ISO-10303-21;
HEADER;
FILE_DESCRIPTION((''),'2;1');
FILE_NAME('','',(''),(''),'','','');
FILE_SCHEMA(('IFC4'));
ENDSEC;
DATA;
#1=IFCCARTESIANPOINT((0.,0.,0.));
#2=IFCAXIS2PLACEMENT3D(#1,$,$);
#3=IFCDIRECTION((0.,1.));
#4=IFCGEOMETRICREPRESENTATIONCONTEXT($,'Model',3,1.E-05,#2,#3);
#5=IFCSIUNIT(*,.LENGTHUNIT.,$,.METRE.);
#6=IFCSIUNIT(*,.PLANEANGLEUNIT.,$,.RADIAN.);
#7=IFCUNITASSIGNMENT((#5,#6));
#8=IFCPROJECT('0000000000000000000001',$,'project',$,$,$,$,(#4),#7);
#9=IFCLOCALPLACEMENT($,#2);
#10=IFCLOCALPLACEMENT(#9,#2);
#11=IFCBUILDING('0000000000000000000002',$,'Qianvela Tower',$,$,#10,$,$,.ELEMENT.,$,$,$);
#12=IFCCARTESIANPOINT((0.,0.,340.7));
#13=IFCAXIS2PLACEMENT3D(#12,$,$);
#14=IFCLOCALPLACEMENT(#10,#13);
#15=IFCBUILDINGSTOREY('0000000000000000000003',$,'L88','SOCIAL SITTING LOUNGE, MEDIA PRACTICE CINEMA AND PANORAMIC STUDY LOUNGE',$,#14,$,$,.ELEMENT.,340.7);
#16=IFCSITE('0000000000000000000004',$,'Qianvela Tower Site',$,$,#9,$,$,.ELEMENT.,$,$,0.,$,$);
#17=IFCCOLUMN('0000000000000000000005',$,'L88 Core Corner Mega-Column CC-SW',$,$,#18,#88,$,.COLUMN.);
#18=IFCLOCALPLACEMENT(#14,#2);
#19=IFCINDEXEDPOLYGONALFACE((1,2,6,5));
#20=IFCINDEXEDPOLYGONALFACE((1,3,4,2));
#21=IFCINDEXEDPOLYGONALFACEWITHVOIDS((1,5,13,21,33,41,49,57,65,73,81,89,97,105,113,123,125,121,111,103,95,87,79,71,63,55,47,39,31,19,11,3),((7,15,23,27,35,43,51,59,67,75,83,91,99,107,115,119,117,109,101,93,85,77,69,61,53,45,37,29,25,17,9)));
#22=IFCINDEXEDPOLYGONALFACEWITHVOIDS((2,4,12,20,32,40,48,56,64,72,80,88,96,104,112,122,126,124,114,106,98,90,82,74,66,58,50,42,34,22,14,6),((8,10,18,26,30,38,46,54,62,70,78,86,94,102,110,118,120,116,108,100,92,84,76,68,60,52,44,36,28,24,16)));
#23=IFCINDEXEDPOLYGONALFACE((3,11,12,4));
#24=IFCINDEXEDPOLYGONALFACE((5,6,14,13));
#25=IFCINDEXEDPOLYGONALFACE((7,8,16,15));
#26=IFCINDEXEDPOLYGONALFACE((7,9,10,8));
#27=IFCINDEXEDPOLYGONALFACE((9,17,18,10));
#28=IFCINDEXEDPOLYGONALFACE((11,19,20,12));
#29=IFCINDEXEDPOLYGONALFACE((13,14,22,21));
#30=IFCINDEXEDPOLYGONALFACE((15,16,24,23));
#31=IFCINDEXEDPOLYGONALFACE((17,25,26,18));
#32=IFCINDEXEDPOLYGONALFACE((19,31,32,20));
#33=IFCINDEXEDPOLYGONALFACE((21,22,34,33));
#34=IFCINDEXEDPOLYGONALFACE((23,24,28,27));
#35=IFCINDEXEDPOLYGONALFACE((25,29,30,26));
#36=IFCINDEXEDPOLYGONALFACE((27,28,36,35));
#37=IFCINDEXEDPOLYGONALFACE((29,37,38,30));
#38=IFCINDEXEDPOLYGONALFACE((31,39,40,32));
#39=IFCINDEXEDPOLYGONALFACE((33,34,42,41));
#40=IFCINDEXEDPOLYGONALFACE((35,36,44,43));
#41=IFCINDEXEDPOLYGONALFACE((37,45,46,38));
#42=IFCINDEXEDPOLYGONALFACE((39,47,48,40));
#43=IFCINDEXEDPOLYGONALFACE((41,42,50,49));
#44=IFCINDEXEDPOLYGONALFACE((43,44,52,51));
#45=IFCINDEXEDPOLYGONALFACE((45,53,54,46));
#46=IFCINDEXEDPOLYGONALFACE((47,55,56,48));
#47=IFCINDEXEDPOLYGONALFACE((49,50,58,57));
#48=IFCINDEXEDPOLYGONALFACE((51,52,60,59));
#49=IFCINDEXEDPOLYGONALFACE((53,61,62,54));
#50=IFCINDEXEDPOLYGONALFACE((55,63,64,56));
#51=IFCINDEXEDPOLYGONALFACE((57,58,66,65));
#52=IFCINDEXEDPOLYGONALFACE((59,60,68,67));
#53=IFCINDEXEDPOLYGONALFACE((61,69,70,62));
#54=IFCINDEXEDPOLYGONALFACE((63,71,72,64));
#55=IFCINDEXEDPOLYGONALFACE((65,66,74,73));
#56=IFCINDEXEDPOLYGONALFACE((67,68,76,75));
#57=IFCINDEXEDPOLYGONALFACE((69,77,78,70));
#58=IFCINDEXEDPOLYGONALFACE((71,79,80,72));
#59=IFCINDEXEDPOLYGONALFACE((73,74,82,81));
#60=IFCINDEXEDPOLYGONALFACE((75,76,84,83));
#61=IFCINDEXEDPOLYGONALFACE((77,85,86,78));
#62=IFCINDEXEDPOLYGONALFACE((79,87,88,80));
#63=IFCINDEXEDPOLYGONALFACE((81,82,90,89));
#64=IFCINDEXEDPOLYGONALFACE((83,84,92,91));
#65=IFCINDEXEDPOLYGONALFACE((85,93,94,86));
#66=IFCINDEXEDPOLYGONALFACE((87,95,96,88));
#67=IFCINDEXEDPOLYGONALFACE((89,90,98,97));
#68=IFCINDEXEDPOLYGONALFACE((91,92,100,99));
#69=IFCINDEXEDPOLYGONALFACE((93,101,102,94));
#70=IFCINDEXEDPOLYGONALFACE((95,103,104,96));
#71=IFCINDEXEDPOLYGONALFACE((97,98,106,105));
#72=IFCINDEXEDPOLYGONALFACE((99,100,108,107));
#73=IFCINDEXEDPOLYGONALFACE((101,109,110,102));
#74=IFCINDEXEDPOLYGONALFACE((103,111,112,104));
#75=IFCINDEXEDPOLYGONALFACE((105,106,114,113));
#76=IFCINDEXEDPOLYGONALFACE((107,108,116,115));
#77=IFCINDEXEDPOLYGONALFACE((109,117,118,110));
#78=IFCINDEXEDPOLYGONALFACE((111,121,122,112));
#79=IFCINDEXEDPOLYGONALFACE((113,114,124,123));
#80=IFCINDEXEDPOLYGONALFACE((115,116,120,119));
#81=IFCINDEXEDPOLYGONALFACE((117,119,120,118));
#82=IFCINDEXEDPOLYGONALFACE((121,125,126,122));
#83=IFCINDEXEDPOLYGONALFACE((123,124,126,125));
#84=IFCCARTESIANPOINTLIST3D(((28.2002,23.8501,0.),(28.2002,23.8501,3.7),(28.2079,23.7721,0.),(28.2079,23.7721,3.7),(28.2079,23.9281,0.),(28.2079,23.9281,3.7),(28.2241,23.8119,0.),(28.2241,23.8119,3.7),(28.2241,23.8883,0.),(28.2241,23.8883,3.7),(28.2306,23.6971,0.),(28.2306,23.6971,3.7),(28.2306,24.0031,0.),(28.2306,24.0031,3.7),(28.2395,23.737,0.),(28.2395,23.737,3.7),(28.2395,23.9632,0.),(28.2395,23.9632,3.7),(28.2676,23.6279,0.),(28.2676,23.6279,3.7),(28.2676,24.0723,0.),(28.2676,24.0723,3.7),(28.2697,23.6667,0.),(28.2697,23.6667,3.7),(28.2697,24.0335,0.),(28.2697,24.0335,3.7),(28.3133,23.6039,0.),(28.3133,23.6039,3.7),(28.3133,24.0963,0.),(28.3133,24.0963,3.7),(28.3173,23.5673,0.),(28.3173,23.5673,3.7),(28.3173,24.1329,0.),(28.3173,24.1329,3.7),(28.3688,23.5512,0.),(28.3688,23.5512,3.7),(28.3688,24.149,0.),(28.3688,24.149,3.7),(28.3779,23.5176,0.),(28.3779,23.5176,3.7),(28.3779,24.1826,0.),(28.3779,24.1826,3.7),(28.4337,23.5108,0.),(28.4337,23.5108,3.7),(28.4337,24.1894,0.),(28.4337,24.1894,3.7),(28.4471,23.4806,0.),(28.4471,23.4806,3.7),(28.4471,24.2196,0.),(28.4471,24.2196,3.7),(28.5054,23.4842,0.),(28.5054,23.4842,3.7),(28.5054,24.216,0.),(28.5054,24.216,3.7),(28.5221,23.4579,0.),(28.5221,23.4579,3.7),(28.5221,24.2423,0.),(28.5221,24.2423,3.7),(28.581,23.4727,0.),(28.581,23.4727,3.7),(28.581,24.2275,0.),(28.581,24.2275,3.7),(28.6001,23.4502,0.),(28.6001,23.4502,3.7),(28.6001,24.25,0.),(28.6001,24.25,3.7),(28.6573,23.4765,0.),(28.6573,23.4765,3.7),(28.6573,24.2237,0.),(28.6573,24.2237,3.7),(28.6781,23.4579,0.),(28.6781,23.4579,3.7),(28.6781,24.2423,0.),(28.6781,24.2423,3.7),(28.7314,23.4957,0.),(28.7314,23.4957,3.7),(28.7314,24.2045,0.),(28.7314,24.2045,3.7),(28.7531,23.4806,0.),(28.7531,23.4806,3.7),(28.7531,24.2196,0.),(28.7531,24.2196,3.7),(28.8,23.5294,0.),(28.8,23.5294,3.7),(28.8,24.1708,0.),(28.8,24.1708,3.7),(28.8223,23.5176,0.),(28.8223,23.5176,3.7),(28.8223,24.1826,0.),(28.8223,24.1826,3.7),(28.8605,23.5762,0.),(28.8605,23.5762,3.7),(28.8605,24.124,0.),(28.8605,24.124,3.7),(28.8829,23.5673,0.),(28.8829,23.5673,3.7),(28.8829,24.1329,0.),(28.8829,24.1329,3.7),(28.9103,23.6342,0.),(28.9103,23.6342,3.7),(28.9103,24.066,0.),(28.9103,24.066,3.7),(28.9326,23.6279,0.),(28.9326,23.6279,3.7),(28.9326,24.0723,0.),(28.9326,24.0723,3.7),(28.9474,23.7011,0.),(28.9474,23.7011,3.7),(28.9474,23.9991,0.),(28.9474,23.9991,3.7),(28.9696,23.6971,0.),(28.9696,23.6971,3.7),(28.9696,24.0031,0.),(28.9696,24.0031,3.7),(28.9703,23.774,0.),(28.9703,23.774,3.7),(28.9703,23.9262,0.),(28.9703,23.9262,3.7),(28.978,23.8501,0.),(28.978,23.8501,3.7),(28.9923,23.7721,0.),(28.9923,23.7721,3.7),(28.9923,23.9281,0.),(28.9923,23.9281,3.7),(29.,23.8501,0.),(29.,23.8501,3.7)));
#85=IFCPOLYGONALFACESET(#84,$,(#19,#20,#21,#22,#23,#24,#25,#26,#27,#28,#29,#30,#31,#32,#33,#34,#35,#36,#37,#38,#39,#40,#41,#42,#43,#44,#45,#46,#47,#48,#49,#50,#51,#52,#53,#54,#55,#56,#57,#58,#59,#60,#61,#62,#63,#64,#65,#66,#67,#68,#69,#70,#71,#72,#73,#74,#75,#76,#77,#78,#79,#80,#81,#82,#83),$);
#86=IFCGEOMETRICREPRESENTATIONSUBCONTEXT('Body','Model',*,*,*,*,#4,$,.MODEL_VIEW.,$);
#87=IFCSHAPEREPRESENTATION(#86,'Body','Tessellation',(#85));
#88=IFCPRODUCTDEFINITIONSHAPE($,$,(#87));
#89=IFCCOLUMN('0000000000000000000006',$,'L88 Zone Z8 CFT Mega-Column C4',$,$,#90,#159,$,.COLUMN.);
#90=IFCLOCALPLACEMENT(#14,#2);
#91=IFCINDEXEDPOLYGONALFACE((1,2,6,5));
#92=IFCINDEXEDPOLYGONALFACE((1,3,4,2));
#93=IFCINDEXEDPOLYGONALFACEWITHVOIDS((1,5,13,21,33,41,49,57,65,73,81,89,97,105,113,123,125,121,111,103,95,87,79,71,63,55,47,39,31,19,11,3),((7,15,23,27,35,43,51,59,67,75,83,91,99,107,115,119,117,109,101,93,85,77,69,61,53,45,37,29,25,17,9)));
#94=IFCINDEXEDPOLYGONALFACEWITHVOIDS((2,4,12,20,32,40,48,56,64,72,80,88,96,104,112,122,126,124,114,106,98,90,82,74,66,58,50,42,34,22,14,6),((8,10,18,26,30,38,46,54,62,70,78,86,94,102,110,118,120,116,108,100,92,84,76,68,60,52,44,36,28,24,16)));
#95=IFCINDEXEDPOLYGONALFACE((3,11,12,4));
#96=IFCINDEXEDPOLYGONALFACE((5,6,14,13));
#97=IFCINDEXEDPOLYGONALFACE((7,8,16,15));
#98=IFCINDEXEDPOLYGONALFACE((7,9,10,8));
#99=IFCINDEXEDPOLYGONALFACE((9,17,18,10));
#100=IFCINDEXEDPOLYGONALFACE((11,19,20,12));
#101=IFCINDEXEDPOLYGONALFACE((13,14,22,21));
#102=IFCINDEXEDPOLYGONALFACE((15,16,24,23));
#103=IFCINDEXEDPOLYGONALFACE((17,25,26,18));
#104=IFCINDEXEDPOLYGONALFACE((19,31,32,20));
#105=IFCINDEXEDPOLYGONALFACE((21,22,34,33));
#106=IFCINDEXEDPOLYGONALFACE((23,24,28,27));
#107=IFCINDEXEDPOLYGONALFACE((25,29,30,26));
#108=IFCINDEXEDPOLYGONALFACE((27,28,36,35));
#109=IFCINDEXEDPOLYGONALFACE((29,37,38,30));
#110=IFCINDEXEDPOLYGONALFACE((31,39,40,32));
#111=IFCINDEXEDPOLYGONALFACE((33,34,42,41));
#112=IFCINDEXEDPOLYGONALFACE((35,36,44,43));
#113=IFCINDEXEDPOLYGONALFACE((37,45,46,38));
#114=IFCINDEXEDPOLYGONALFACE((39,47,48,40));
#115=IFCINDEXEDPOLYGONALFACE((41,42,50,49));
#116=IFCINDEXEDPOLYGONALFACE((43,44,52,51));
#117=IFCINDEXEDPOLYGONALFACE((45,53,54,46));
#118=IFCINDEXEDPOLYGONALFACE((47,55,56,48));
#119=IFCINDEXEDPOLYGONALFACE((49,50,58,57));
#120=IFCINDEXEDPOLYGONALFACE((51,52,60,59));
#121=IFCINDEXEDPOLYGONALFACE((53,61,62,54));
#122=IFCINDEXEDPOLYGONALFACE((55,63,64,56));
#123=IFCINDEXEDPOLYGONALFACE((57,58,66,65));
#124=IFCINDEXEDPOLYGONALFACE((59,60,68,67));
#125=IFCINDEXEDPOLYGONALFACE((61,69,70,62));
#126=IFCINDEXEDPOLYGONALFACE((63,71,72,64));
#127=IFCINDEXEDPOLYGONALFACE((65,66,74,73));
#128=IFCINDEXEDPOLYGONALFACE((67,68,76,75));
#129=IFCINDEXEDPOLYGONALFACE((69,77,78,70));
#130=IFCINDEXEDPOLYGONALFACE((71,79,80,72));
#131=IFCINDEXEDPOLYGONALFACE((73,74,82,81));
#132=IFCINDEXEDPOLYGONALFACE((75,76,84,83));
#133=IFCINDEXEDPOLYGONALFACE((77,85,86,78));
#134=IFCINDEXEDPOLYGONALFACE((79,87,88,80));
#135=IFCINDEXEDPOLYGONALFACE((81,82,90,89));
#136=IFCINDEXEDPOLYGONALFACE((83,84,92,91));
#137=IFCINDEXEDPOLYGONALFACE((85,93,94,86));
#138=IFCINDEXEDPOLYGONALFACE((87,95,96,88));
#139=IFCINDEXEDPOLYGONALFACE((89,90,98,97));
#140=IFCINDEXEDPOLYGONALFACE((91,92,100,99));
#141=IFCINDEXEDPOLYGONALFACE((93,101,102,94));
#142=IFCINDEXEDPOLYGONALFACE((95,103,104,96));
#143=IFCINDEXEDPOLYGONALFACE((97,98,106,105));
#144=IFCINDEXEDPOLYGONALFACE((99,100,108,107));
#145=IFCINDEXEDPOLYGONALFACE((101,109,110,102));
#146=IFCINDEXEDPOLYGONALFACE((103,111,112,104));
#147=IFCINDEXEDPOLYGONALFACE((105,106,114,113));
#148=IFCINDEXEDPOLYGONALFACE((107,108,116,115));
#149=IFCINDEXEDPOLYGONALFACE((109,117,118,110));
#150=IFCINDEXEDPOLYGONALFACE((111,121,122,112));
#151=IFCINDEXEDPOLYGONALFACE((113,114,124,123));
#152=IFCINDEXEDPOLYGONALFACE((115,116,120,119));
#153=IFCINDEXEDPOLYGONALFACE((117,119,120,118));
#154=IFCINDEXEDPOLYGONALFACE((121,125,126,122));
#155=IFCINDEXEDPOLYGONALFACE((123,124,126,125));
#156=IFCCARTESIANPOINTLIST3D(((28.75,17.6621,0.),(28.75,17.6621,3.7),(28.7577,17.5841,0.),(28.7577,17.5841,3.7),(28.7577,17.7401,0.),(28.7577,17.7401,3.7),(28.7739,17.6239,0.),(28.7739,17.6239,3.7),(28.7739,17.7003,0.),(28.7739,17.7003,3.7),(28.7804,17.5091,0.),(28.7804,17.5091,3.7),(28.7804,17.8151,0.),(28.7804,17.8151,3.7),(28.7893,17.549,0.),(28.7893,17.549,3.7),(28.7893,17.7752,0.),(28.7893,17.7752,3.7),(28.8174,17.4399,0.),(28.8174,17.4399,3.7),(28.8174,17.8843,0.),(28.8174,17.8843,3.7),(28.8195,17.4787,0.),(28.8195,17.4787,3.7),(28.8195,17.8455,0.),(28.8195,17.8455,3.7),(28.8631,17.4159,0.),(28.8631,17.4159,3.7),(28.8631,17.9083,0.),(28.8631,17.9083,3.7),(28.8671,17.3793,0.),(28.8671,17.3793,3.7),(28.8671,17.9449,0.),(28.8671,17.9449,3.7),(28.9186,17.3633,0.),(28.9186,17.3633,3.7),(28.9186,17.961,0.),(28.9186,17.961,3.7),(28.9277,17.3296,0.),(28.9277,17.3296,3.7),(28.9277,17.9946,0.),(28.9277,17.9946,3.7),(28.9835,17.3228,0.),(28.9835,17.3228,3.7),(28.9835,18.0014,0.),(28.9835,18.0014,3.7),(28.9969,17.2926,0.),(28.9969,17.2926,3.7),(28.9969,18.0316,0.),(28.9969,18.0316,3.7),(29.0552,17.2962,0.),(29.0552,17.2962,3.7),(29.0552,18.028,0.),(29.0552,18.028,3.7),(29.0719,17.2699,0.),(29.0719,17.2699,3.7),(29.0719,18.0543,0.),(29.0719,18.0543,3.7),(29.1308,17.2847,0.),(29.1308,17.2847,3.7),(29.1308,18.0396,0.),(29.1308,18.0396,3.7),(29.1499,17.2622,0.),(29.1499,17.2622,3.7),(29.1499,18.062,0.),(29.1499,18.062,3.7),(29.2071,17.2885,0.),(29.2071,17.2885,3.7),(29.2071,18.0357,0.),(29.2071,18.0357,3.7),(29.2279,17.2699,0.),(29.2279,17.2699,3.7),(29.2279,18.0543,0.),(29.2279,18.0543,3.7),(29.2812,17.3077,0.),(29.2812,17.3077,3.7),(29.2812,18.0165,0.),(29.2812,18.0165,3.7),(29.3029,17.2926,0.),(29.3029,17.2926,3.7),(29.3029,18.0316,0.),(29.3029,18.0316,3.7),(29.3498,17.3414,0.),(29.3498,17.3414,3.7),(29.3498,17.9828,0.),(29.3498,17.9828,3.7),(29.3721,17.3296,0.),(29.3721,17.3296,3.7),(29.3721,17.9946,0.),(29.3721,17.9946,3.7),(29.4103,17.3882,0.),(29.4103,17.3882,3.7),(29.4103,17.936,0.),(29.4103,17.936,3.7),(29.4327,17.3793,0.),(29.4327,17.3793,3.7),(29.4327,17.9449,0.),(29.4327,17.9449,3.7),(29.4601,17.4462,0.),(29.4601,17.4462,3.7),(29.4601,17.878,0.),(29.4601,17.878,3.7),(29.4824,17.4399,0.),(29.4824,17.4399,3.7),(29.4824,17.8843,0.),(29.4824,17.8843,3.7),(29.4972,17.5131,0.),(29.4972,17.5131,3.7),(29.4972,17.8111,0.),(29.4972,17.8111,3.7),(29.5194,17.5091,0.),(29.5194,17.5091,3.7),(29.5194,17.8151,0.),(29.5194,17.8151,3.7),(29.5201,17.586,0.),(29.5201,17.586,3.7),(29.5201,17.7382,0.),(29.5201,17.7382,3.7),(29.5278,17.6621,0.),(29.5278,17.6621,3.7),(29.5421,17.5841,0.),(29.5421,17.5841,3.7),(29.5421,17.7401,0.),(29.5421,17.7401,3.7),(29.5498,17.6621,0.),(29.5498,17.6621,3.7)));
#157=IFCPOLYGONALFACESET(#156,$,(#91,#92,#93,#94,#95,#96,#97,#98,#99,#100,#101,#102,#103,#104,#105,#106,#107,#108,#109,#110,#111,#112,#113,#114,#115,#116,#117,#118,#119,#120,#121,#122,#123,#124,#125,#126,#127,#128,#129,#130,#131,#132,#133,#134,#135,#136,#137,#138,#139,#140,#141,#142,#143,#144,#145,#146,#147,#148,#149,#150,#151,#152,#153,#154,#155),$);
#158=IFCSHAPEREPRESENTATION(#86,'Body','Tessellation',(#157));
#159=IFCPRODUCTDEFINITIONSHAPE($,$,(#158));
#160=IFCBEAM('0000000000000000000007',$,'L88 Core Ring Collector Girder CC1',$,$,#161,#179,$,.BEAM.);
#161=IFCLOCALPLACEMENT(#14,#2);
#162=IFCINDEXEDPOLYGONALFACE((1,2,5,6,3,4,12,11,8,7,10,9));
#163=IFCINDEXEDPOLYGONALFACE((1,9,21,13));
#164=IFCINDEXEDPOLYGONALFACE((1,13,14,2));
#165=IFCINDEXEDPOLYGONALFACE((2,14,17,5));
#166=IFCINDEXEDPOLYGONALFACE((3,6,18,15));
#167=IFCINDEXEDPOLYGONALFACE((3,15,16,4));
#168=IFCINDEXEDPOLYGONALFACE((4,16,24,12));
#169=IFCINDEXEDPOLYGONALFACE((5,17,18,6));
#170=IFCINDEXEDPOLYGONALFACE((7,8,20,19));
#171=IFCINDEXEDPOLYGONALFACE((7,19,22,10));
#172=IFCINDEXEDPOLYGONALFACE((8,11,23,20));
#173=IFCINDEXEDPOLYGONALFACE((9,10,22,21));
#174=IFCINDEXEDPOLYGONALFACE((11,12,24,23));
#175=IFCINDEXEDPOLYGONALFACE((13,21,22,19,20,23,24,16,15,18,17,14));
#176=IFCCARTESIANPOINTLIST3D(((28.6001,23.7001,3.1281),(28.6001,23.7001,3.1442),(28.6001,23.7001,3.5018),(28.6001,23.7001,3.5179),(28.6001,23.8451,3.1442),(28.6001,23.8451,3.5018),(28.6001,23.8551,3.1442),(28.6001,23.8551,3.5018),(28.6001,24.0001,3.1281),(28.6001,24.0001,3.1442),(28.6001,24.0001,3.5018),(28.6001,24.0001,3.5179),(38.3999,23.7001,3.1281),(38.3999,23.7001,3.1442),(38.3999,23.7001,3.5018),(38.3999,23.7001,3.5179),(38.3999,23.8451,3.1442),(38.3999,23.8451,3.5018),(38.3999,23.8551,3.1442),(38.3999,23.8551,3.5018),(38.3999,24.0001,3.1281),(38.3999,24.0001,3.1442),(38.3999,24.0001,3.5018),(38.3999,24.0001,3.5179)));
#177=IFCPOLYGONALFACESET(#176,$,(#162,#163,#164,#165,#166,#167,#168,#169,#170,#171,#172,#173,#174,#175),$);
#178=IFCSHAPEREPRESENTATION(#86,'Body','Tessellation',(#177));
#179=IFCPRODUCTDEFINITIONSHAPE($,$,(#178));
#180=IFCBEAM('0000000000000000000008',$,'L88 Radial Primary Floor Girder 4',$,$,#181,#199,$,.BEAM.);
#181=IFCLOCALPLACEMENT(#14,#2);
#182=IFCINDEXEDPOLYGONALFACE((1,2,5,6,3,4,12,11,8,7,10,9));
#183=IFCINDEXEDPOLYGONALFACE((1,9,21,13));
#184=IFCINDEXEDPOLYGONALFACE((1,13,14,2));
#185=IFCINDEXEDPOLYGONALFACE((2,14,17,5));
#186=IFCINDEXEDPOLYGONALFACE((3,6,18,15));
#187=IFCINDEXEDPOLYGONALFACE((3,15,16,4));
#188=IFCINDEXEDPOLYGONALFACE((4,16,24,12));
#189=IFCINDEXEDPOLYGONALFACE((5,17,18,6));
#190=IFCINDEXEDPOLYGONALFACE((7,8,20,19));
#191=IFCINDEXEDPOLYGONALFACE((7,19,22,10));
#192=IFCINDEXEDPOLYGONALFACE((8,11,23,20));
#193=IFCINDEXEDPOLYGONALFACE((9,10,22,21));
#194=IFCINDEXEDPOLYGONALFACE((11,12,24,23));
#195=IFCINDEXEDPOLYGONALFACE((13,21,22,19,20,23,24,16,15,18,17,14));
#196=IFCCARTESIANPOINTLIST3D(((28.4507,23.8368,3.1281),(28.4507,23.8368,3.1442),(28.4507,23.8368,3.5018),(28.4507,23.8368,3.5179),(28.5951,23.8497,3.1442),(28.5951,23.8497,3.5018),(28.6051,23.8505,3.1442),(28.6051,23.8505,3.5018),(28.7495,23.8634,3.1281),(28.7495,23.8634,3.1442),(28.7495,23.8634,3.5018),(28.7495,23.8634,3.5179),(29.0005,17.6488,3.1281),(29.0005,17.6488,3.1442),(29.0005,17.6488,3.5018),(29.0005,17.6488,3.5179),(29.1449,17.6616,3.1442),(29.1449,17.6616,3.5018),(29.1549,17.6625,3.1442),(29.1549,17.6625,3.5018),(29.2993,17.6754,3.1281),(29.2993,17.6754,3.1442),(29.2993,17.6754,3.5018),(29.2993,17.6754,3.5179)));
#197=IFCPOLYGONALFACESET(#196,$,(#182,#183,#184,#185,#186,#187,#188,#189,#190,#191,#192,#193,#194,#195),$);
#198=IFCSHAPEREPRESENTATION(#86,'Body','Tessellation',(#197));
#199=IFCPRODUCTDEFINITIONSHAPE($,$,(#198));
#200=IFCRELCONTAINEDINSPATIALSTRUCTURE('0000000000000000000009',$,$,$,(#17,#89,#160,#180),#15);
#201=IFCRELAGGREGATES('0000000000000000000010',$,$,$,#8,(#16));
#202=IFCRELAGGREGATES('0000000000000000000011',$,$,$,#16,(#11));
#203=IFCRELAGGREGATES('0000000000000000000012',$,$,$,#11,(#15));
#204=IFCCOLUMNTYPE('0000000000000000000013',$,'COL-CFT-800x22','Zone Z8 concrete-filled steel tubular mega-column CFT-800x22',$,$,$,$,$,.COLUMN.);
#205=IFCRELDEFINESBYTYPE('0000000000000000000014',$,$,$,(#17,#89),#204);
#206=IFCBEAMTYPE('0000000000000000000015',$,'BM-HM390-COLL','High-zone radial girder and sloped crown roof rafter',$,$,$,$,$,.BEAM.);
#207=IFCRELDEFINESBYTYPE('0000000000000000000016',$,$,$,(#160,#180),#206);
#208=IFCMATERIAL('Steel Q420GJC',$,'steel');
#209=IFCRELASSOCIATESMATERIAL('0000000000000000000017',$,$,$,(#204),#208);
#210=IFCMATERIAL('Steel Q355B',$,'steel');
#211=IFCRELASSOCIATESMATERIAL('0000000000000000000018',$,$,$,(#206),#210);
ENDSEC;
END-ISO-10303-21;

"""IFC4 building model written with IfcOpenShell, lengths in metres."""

from ifc_helpers import new_model, si_unit, direction, frame, origin, origin_2d, place, context, subcontext, project, spatial, hollow_circle, i_section, extrude, material, material_profile, profile_set, type_object, element, save


model = new_model("IFC4")

# Units and contexts
model_context = context("Model", 3, precision=1e-05, world=origin(), true_north=direction((0.0, 1.0)))
body_context = subcontext(model_context, "Body", "Model", "MODEL_VIEW")
ifc_project = project(units=[si_unit("LENGTHUNIT", "METRE"), si_unit("PLANEANGLEUNIT", "RADIAN")], contexts=[model_context])

# Site, building, storey
site_placement = place(None, origin())
site = spatial("IfcSite", under=ifc_project, at=site_placement, Name="Qianvela Tower Site", CompositionType="ELEMENT", RefElevation=0.0)
building_placement = place(site_placement, origin())
building = spatial("IfcBuilding", under=site, at=building_placement, Name="Qianvela Tower", CompositionType="ELEMENT")
storey_placement = place(building_placement, frame((0.0, 0.0, 340.7)))
storey = spatial("IfcBuildingStorey", under=building, at=storey_placement, Name="L88", Description="SOCIAL SITTING LOUNGE, MEDIA PRACTICE CINEMA AND PANORAMIC STUDY LOUNGE", CompositionType="ELEMENT", Elevation=340.7)

# Columns
ifc_material_1 = material(Name="Steel Q420GJC", Category="steel")
ifc_material_profile_1 = material_profile(ifc_material_1, hollow_circle(Radius=0.3999, WallThickness=0.022, at=origin_2d()), Name="CFT-800x22")
ifc_profile_set_1 = profile_set([ifc_material_profile_1], Name="Steel Q420GJC")
column_type = type_object("IfcColumnType", Name="COL-CFT-800x22", Description="Zone Z8 concrete-filled steel tubular mega-column CFT-800x22", PredefinedType="COLUMN", material=ifc_profile_set_1)
for number, where, z_axis, x_axis, name in (
    (1, (28.6001, 23.8501, 0.0), (0.0, 0.0, 1.0), (1.0, 0.0, 0.0), "L88 Core Corner Mega-Column CC-SW"),
    (2, (29.1499, 17.6621, 0.0), (0.0, 0.0, 1.0), (1.0, 0.0, 0.0), "L88 Zone Z8 CFT Mega-Column C4"),
):
    element("IfcColumn", number, at=place(storey_placement, frame(where, z_axis=z_axis, x_axis=x_axis)), inside=storey, type_object=column_type, Name=name, PredefinedType="COLUMN", context=body_context, shape_type="SweptSolid", body=[
        extrude(hollow_circle(Radius=0.3999, WallThickness=0.022, at=origin_2d()), origin(), (0.0, 0.0, 1.0), 3.7),
    ])

# Beams
ifc_material_2 = material(Name="Steel Q355B", Category="steel")
ifc_material_profile_2 = material_profile(ifc_material_2, i_section(OverallWidth=0.3, OverallDepth=0.3899, WebThickness=0.01, FlangeThickness=0.0161, at=origin_2d()), Name="HM390x300x10x16")
ifc_profile_set_2 = profile_set([ifc_material_profile_2], Name="Steel Q355B")
beam_type_1 = type_object("IfcBeamType", Name="BM-HM390-COLL", Description="High-zone radial girder and sloped crown roof rafter", PredefinedType="BEAM", material=ifc_profile_set_2)
beam_1_placement = place(storey_placement, frame((28.6001, 23.8501, 3.323), z_axis=(1.0, 0.0, 0.0), x_axis=(0.0, 1.0, 0.0)))
element("IfcBeam", 3, at=beam_1_placement, inside=storey, type_object=beam_type_1, Name="L88 Core Ring Collector Girder CC1", PredefinedType="BEAM", context=body_context, shape_type="SweptSolid", body=[
    extrude(i_section(OverallWidth=0.3, OverallDepth=0.3899, WebThickness=0.01, FlangeThickness=0.0161, at=origin_2d()), origin(), (0.0, 0.0, 1.0), 9.7998),
])
beam_2_placement = place(storey_placement, frame((28.6001, 23.8501, 3.323), z_axis=(0.088502, -0.996076, 0.0), x_axis=(0.996076, 0.088502, 0.0)))
element("IfcBeam", 4, at=beam_2_placement, inside=storey, type_object=beam_type_1, Name="L88 Radial Primary Floor Girder 4", PredefinedType="BEAM", context=body_context, shape_type="SweptSolid", body=[
    extrude(i_section(OverallWidth=0.3, OverallDepth=0.3899, WebThickness=0.01, FlangeThickness=0.0161, at=origin_2d()), origin(), (0.0, 0.0, 1.0), 6.2124),
])

save(model, "model.ifc")
